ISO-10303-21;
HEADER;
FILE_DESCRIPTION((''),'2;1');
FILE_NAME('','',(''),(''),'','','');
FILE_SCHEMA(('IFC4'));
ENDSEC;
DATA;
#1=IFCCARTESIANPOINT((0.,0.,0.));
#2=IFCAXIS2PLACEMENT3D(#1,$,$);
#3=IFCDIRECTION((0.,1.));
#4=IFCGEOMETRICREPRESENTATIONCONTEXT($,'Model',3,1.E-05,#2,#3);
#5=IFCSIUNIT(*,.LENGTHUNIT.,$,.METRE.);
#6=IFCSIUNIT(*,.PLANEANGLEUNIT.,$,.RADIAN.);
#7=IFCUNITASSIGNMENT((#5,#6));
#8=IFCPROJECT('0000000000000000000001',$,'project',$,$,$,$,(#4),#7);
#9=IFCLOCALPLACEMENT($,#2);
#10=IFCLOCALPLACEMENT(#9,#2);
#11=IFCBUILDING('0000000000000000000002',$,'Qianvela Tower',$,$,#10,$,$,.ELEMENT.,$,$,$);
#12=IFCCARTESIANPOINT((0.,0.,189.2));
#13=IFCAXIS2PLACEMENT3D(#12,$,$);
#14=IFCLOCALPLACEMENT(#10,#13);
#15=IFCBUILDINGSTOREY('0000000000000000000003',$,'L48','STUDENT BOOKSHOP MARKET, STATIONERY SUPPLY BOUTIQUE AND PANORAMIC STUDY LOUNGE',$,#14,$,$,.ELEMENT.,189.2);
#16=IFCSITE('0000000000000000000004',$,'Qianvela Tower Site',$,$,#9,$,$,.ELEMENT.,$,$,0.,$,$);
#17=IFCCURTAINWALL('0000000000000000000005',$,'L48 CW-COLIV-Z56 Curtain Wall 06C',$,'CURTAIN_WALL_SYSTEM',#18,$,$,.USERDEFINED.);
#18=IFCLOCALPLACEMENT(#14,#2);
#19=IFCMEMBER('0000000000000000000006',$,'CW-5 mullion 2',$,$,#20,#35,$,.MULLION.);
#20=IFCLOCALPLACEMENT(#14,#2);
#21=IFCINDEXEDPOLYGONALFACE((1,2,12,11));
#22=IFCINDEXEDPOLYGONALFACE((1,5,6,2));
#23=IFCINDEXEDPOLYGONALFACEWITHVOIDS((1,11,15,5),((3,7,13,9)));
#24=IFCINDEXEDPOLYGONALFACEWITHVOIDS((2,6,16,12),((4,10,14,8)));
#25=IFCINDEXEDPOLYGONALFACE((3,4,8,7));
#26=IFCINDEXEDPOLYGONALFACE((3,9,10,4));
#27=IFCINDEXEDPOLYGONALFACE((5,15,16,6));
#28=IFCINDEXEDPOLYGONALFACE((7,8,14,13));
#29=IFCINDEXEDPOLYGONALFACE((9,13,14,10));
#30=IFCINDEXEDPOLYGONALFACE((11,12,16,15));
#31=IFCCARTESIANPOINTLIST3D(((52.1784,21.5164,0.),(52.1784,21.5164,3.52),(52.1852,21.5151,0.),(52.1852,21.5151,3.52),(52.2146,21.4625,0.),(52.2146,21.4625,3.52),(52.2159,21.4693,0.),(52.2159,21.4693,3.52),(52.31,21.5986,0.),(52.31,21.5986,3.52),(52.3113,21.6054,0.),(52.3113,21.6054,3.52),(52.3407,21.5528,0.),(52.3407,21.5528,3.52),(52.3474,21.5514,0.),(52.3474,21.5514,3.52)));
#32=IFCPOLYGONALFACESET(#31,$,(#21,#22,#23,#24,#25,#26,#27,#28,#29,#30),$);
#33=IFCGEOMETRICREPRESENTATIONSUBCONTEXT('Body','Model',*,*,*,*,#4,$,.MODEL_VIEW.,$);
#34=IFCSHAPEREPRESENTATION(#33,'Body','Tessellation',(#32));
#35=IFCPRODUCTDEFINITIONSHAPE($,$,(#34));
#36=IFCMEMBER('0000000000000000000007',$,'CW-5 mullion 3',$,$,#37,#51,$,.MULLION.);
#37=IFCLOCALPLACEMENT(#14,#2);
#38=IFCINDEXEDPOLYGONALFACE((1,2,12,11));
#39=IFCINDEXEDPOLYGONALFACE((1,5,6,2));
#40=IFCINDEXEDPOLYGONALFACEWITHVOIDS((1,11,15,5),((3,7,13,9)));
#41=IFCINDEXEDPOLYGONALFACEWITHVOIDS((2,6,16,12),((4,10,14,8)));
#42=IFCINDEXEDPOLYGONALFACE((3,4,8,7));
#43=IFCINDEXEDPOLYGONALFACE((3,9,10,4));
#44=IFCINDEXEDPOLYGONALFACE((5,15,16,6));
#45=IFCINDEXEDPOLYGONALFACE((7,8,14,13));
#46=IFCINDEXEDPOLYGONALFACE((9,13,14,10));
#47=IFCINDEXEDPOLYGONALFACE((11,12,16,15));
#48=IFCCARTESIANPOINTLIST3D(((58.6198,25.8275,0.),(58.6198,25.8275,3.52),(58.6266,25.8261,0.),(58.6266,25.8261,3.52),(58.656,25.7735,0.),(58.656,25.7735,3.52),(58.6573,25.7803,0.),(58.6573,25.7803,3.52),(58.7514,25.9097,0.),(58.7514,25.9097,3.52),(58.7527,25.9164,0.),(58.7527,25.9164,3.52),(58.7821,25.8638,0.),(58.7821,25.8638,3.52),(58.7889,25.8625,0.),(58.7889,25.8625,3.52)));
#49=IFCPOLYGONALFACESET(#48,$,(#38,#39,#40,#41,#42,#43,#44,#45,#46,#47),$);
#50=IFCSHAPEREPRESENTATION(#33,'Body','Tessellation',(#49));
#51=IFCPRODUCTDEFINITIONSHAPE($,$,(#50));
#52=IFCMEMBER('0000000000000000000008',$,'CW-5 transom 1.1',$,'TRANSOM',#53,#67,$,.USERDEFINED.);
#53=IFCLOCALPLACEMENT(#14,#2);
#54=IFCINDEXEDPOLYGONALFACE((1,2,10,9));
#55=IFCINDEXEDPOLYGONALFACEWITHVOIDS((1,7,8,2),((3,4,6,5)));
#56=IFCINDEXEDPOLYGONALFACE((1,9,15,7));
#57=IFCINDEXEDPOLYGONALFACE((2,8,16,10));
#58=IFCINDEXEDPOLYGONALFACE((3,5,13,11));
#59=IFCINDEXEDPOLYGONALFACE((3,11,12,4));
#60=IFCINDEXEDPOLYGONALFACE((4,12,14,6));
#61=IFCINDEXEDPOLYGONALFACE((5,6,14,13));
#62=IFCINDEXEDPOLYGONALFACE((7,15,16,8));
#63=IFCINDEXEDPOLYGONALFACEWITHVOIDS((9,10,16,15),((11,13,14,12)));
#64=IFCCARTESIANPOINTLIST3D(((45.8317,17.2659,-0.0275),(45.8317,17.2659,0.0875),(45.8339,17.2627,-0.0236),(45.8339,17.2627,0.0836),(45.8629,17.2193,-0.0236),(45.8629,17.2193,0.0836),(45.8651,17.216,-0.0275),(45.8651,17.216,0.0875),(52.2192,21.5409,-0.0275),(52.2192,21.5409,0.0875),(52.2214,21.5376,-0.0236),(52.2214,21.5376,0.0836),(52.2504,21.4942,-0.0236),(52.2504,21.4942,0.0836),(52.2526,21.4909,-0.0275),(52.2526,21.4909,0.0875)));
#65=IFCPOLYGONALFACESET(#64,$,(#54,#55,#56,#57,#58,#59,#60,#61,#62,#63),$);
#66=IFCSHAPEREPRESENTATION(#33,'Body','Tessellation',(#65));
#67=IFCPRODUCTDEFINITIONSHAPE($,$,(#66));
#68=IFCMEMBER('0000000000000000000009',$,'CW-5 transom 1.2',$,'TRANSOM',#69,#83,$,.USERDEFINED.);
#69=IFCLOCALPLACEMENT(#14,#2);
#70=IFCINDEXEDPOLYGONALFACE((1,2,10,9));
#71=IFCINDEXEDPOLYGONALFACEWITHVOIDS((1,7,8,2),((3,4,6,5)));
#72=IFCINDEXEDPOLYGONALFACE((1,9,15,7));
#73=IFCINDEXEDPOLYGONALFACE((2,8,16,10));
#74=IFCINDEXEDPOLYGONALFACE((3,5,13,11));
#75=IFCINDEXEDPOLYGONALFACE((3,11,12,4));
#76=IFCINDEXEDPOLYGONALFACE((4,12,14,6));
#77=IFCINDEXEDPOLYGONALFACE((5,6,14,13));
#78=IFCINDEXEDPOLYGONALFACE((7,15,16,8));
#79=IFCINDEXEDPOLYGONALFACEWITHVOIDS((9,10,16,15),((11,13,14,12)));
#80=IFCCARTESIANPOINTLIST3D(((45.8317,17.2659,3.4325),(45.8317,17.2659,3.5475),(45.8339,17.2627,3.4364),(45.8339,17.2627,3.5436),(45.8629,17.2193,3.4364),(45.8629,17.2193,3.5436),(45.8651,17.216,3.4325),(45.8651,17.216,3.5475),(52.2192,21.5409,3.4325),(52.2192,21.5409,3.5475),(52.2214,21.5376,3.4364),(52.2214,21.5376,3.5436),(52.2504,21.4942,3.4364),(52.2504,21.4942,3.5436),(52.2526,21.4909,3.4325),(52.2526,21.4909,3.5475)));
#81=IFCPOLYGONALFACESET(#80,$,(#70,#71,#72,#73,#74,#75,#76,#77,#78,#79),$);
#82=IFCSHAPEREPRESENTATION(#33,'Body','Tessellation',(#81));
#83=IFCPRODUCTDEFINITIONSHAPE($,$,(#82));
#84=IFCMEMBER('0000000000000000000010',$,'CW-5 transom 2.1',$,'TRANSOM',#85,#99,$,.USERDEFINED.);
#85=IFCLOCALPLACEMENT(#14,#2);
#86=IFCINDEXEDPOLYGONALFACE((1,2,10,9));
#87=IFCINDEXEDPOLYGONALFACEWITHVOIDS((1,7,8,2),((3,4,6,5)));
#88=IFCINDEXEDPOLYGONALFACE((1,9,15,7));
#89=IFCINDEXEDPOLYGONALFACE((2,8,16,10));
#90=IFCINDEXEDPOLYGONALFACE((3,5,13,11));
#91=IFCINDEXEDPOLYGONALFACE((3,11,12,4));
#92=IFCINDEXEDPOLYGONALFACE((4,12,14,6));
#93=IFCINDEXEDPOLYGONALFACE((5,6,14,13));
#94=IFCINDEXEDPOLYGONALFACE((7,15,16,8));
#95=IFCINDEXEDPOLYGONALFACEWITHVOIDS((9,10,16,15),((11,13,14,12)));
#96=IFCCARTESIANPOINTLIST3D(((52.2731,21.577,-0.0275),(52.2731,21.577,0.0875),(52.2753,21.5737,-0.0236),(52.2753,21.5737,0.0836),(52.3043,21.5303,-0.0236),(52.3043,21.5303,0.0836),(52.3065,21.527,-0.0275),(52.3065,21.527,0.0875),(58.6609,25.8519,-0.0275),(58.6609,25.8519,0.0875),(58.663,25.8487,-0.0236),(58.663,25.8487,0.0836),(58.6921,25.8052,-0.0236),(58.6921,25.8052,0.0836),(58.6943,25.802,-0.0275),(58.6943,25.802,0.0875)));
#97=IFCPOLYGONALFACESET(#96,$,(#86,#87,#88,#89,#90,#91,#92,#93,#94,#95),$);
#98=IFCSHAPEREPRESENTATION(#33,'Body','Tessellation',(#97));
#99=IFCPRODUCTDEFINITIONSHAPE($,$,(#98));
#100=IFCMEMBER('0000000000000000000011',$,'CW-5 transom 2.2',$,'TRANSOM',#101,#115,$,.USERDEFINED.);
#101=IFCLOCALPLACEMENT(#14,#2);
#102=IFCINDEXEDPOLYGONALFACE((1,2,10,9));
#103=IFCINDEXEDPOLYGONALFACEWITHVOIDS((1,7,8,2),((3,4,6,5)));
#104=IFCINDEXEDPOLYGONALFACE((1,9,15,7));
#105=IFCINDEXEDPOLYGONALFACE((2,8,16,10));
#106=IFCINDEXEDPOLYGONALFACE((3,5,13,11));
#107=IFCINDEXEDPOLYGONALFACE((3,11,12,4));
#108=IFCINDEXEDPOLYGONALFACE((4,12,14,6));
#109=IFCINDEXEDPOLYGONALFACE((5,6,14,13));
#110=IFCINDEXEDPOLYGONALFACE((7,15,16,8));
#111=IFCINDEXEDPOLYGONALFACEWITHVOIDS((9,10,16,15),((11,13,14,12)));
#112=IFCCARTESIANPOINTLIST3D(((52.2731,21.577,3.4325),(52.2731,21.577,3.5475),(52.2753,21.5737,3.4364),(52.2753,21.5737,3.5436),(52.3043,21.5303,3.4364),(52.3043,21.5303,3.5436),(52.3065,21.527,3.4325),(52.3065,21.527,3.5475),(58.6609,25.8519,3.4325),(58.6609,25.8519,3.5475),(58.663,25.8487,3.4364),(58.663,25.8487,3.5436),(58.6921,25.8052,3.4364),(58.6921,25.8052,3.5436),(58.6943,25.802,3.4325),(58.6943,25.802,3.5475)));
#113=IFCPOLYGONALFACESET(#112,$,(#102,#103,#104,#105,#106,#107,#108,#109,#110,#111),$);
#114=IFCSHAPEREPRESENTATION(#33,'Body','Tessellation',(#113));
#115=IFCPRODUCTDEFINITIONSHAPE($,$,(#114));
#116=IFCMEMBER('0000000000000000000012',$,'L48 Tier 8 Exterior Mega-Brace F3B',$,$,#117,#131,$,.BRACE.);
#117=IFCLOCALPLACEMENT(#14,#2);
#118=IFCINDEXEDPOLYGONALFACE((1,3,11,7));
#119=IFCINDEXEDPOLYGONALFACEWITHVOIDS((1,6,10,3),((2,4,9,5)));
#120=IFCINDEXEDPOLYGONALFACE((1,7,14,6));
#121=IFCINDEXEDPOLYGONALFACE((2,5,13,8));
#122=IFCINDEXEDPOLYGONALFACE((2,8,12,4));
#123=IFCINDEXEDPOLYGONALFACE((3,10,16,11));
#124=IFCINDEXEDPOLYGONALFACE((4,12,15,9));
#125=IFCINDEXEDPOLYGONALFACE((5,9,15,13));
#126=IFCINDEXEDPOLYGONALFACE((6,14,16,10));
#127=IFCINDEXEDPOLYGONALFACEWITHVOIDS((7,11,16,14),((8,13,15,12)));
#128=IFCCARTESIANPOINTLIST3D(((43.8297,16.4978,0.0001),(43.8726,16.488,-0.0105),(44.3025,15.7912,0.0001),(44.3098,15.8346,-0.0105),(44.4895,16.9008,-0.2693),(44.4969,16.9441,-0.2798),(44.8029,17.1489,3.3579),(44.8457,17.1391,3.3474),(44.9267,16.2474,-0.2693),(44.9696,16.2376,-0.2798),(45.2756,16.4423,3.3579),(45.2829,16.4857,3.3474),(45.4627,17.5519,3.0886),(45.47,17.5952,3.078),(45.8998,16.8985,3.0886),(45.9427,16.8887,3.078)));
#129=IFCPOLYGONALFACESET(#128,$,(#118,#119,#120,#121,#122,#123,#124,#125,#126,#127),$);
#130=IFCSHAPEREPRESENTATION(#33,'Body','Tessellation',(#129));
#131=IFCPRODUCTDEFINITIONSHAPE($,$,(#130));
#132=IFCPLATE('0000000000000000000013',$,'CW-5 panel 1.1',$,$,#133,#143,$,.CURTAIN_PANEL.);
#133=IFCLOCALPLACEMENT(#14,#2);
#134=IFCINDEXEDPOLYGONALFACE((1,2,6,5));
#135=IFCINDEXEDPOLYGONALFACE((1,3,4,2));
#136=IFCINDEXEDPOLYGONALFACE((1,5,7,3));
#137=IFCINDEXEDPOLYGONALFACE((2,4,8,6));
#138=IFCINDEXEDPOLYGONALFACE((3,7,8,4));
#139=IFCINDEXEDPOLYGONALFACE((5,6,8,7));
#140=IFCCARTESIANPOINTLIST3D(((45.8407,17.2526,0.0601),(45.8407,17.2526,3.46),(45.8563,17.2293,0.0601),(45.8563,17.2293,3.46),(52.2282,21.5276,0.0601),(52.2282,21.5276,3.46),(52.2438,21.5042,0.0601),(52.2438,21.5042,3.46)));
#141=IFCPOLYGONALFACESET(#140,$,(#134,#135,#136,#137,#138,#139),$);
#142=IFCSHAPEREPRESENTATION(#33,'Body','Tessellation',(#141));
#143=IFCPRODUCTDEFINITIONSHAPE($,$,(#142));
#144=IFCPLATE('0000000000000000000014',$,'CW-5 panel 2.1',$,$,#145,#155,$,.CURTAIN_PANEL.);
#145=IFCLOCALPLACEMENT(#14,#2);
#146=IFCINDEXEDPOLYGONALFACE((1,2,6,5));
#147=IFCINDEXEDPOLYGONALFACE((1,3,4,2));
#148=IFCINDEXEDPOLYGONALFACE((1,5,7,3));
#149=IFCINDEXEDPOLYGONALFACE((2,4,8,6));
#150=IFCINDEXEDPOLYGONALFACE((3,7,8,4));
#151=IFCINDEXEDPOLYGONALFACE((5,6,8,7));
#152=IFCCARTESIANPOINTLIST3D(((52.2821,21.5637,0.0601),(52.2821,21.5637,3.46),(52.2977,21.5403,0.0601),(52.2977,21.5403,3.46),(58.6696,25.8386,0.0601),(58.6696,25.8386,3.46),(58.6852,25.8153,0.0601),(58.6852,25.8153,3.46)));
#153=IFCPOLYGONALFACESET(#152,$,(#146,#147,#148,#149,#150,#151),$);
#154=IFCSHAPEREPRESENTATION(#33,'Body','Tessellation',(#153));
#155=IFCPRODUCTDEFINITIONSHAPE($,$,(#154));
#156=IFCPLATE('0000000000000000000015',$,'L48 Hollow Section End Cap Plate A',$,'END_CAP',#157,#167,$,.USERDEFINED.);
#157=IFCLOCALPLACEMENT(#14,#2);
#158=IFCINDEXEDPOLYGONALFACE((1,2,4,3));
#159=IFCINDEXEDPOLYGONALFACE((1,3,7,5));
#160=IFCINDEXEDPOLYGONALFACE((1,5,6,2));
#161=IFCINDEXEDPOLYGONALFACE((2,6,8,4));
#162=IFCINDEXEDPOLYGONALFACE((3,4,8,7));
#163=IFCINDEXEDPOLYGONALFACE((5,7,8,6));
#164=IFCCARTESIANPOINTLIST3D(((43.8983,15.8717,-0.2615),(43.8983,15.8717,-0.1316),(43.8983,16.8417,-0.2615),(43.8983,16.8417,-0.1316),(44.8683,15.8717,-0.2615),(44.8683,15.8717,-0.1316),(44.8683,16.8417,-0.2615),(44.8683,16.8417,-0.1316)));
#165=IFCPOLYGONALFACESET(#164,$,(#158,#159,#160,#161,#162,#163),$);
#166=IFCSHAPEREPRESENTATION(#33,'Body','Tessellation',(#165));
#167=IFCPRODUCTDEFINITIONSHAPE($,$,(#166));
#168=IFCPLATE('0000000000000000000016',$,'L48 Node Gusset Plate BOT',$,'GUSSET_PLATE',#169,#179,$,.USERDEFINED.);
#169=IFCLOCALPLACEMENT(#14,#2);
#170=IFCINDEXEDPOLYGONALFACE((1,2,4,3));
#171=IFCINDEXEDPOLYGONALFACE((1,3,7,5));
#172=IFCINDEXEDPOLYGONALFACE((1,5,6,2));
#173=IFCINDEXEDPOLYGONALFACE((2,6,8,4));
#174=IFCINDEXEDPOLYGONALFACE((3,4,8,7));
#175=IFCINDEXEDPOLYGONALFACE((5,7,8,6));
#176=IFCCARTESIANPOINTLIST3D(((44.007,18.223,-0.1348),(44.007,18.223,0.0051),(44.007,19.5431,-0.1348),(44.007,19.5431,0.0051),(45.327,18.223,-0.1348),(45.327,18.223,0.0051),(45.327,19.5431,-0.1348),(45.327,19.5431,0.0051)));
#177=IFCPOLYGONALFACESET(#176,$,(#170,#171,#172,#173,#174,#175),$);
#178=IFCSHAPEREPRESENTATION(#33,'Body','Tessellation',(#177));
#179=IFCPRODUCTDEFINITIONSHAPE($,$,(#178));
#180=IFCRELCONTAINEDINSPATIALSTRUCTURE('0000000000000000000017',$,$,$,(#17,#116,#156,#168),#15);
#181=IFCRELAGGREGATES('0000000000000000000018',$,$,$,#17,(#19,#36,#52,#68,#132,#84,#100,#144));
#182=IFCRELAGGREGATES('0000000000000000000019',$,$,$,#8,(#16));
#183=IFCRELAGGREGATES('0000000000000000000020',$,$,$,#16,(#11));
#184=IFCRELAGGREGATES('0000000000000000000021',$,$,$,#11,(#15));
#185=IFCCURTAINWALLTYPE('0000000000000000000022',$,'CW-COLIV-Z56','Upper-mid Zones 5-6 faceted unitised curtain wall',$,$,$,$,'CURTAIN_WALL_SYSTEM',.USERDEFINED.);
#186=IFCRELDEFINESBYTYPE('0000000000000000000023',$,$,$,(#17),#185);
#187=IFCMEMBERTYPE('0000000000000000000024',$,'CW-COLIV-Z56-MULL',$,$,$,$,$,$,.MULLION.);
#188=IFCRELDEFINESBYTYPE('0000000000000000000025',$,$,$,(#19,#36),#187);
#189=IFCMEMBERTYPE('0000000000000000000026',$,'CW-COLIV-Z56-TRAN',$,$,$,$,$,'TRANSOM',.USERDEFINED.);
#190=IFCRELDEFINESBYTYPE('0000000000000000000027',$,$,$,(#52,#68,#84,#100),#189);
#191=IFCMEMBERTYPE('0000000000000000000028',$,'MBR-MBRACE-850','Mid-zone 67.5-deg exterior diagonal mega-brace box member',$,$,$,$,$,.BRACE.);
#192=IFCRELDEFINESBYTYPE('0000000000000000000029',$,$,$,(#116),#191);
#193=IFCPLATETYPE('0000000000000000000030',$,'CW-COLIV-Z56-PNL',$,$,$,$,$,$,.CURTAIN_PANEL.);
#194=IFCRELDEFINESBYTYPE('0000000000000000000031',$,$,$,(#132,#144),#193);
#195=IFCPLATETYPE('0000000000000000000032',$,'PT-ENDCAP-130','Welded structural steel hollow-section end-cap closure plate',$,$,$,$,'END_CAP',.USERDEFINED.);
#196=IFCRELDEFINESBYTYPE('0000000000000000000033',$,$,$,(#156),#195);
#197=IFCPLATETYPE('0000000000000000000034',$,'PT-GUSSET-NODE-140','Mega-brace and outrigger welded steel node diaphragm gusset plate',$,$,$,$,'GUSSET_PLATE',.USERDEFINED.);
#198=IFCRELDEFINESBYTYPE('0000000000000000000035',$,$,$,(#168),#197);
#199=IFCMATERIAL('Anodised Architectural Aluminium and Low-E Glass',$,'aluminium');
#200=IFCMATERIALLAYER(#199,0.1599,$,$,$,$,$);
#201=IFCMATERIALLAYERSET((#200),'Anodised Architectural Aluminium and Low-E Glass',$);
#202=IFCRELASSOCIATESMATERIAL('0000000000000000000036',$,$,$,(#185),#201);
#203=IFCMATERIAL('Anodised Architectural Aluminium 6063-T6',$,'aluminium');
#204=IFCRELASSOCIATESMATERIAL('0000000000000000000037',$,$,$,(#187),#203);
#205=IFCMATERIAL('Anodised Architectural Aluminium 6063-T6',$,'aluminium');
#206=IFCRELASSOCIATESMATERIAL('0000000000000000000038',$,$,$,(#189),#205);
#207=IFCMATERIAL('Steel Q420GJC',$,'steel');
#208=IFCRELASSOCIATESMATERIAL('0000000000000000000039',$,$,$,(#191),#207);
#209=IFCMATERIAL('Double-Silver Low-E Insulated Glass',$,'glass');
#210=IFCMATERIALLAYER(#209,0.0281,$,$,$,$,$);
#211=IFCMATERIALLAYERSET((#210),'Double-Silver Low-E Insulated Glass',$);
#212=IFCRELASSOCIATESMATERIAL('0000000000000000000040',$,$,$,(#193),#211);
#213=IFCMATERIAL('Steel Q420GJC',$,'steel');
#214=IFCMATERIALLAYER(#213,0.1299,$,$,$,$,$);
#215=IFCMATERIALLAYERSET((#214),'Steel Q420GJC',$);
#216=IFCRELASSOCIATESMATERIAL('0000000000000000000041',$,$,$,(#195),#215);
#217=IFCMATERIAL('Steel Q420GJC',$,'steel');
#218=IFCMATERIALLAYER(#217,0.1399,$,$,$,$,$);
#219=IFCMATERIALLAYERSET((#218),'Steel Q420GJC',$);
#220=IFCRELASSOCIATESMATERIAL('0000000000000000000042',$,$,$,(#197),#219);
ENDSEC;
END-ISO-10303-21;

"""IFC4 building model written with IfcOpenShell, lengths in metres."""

from ifc_helpers import new_model, si_unit, direction, frame, origin, origin_2d, place, context, subcontext, project, spatial, rectangle, hollow_rectangle, extrude, material, layer, layer_set, material_profile, profile_set, type_object, element, aggregate, save


model = new_model("IFC4")

# Units and contexts
model_context = context("Model", 3, precision=1e-05, world=origin(), true_north=direction((0.0, 1.0)))
body_context = subcontext(model_context, "Body", "Model", "MODEL_VIEW")
ifc_project = project(units=[si_unit("LENGTHUNIT", "METRE"), si_unit("PLANEANGLEUNIT", "RADIAN")], contexts=[model_context])

# Site, building, storey
site_placement = place(None, origin())
site = spatial("IfcSite", under=ifc_project, at=site_placement, Name="Qianvela Tower Site", CompositionType="ELEMENT", RefElevation=0.0)
building_placement = place(site_placement, origin())
building = spatial("IfcBuilding", under=site, at=building_placement, Name="Qianvela Tower", CompositionType="ELEMENT")
storey_placement = place(building_placement, frame((0.0, 0.0, 189.2)))
storey = spatial("IfcBuildingStorey", under=building, at=storey_placement, Name="L48", Description="STUDENT BOOKSHOP MARKET, STATIONERY SUPPLY BOUTIQUE AND PANORAMIC STUDY LOUNGE", CompositionType="ELEMENT", Elevation=189.2)

# Curtain wall, members
ifc_material_1 = material(Name="Anodised Architectural Aluminium and Low-E Glass", Category="aluminium")
ifc_layer_1 = layer(ifc_material_1, 0.1599)
ifc_layer_set_1 = layer_set([ifc_layer_1], Name="Anodised Architectural Aluminium and Low-E Glass")
curtain_wall_type_1 = type_object("IfcCurtainWallType", Name="CW-COLIV-Z56", Description="Upper-mid Zones 5-6 faceted unitised curtain wall", ElementType="CURTAIN_WALL_SYSTEM", PredefinedType="USERDEFINED", material=ifc_layer_set_1)
curtain_wall_1_placement = place(storey_placement, origin())
curtain_wall_1 = element("IfcCurtainWall", 1, at=curtain_wall_1_placement, inside=storey, type_object=curtain_wall_type_1, Name="L48 CW-COLIV-Z56 Curtain Wall 06C", ObjectType="CURTAIN_WALL_SYSTEM", PredefinedType="USERDEFINED")
ifc_material_2 = material(Name="Anodised Architectural Aluminium 6063-T6", Category="aluminium")
ifc_material_profile_1 = material_profile(ifc_material_2, hollow_rectangle(XDim=0.0649, YDim=0.1599, WallThickness=0.0049, at=origin_2d()), Name="ALU-MULL-65x160")
ifc_profile_set_1 = profile_set([ifc_material_profile_1], Name="Anodised Architectural Aluminium 6063-T6")
member_type_1 = type_object("IfcMemberType", Name="CW-COLIV-Z56-MULL", PredefinedType="MULLION", material=ifc_profile_set_1)
member_1_placement = place(storey_placement, frame((52.2629, 21.5339, 0.0), z_axis=(0.0, 0.0, 1.0), x_axis=(-0.556195, 0.831052, 0.0)))
member_1 = element("IfcMember", 2, at=member_1_placement, type_object=member_type_1, Name="CW-5 mullion 2", PredefinedType="MULLION", context=body_context, shape_type="SweptSolid", body=[
    extrude(hollow_rectangle(XDim=0.0649, YDim=0.1599, WallThickness=0.0049, at=origin_2d()), origin(), (0.0, 0.0, 1.0), 3.52),
])
member_2_placement = place(storey_placement, frame((58.7043, 25.845, 0.0), z_axis=(0.0, 0.0, 1.0), x_axis=(-0.556195, 0.831052, 0.0)))
member_2 = element("IfcMember", 3, at=member_2_placement, type_object=member_type_1, Name="CW-5 mullion 3", PredefinedType="MULLION", context=body_context, shape_type="SweptSolid", body=[
    extrude(hollow_rectangle(XDim=0.0649, YDim=0.1599, WallThickness=0.0049, at=origin_2d()), origin(), (0.0, 0.0, 1.0), 3.52),
])
ifc_material_3 = material(Name="Anodised Architectural Aluminium 6063-T6", Category="aluminium")
ifc_material_profile_2 = material_profile(ifc_material_3, hollow_rectangle(XDim=0.0601, YDim=0.115, WallThickness=0.0039, at=origin_2d()), Name="ALU-TRAN-60x115")
ifc_profile_set_2 = profile_set([ifc_material_profile_2], Name="Anodised Architectural Aluminium 6063-T6")
member_type_2 = type_object("IfcMemberType", Name="CW-COLIV-Z56-TRAN", ElementType="TRANSOM", PredefinedType="USERDEFINED", material=ifc_profile_set_2)
member_3_placement = place(storey_placement, frame((45.8484, 17.241, 0.03), z_axis=(0.831052, 0.556195, 0.0), x_axis=(-0.556195, 0.831052, 0.0)))
member_3 = element("IfcMember", 4, at=member_3_placement, type_object=member_type_2, Name="CW-5 transom 1.1", ObjectType="TRANSOM", PredefinedType="USERDEFINED", context=body_context, shape_type="SweptSolid", body=[
    extrude(hollow_rectangle(XDim=0.0601, YDim=0.115, WallThickness=0.0039, at=origin_2d()), origin(), (0.0, 0.0, 1.0), 7.686),
])
member_4_placement = place(storey_placement, frame((45.8484, 17.241, 3.49), z_axis=(0.831052, 0.556195, 0.0), x_axis=(-0.556195, 0.831052, 0.0)))
member_4 = element("IfcMember", 5, at=member_4_placement, type_object=member_type_2, Name="CW-5 transom 1.2", ObjectType="TRANSOM", PredefinedType="USERDEFINED", context=body_context, shape_type="SweptSolid", body=[
    extrude(hollow_rectangle(XDim=0.0601, YDim=0.115, WallThickness=0.0039, at=origin_2d()), origin(), (0.0, 0.0, 1.0), 7.686),
])
member_5_placement = place(storey_placement, frame((52.2898, 21.552, 0.03), z_axis=(0.831062, 0.55618, 0.0), x_axis=(-0.55618, 0.831062, 0.0)))
member_5 = element("IfcMember", 6, at=member_5_placement, type_object=member_type_2, Name="CW-5 transom 2.1", ObjectType="TRANSOM", PredefinedType="USERDEFINED", context=body_context, shape_type="SweptSolid", body=[
    extrude(hollow_rectangle(XDim=0.0601, YDim=0.115, WallThickness=0.0039, at=origin_2d()), origin(), (0.0, 0.0, 1.0), 7.6863),
])
member_6_placement = place(storey_placement, frame((52.2898, 21.552, 3.49), z_axis=(0.831062, 0.55618, 0.0), x_axis=(-0.55618, 0.831062, 0.0)))
member_6 = element("IfcMember", 7, at=member_6_placement, type_object=member_type_2, Name="CW-5 transom 2.2", ObjectType="TRANSOM", PredefinedType="USERDEFINED", context=body_context, shape_type="SweptSolid", body=[
    extrude(hollow_rectangle(XDim=0.0601, YDim=0.115, WallThickness=0.0039, at=origin_2d()), origin(), (0.0, 0.0, 1.0), 7.6863),
])

# Member
ifc_material_4 = material(Name="Steel Q420GJC", Category="steel")
ifc_material_profile_3 = material_profile(ifc_material_4, hollow_rectangle(XDim=0.8501, YDim=0.8501, WallThickness=0.032, at=origin_2d()), Name="MBOX-850x850x32")
ifc_profile_set_3 = profile_set([ifc_material_profile_3], Name="Steel Q420GJC")
member_type_3 = type_object("IfcMemberType", Name="MBR-MBRACE-850", Description="Mid-zone 67.5-deg exterior diagonal mega-brace box member", PredefinedType="BRACE", material=ifc_profile_set_3)
member_7_placement = place(storey_placement, frame((44.3997, 16.3677, -0.1399), z_axis=(0.273648, 0.183095, 0.944242), x_axis=(-0.556095, 0.831119, 0.0)))
element("IfcMember", 8, at=member_7_placement, inside=storey, type_object=member_type_3, Name="L48 Tier 8 Exterior Mega-Brace F3B", PredefinedType="BRACE", context=body_context, shape_type="SweptSolid", body=[
    extrude(hollow_rectangle(XDim=0.8501, YDim=0.8501, WallThickness=0.032, at=origin_2d()), origin(), (0.0, 0.0, 1.0), 3.5562),
])

# Plates
ifc_material_5 = material(Name="Double-Silver Low-E Insulated Glass", Category="glass")
ifc_layer_2 = layer(ifc_material_5, 0.0281)
ifc_layer_set_2 = layer_set([ifc_layer_2], Name="Double-Silver Low-E Insulated Glass")
plate_type_1 = type_object("IfcPlateType", Name="CW-COLIV-Z56-PNL", PredefinedType="CURTAIN_PANEL", material=ifc_layer_set_2)
plate_1_placement = place(storey_placement, frame((49.0422, 19.3784, 0.0601), z_axis=(0.0, 0.0, 1.0), x_axis=(0.831052, 0.556195, 0.0)))
plate_1 = element("IfcPlate", 9, at=plate_1_placement, type_object=plate_type_1, Name="CW-5 panel 1.1", PredefinedType="CURTAIN_PANEL", context=body_context, shape_type="SweptSolid", body=[
    extrude(rectangle(XDim=7.686, YDim=0.0281, at=origin_2d()), origin(), (0.0, 0.0, 1.0), 3.3999),
])
plate_2_placement = place(storey_placement, frame((55.4836, 23.6895, 0.0601), z_axis=(0.0, 0.0, 1.0), x_axis=(0.831052, 0.556195, 0.0)))
plate_2 = element("IfcPlate", 10, at=plate_2_placement, type_object=plate_type_1, Name="CW-5 panel 2.1", PredefinedType="CURTAIN_PANEL", context=body_context, shape_type="SweptSolid", body=[
    extrude(rectangle(XDim=7.686, YDim=0.0281, at=origin_2d()), origin(), (0.0, 0.0, 1.0), 3.3999),
])
aggregate(curtain_wall_1, [member_1, member_2, member_3, member_4, plate_1, member_5, member_6, plate_2])

# Plates
ifc_material_6 = material(Name="Steel Q420GJC", Category="steel")
ifc_layer_3 = layer(ifc_material_6, 0.1299)
ifc_layer_set_3 = layer_set([ifc_layer_3], Name="Steel Q420GJC")
plate_type_2 = type_object("IfcPlateType", Name="PT-ENDCAP-130", Description="Welded structural steel hollow-section end-cap closure plate", ElementType="END_CAP", PredefinedType="USERDEFINED", material=ifc_layer_set_3)
plate_3_placement = place(storey_placement, frame((44.3833, 16.3567, -0.2615), z_axis=(0.0, 0.0, 1.0), x_axis=(1.0, 0.0, 0.0)))
element("IfcPlate", 11, at=plate_3_placement, inside=storey, type_object=plate_type_2, Name="L48 Hollow Section End Cap Plate A", ObjectType="END_CAP", PredefinedType="USERDEFINED", context=body_context, shape_type="SweptSolid", body=[
    extrude(rectangle(XDim=0.97, YDim=0.97, at=origin_2d()), origin(), (0.0, 0.0, 1.0), 0.1299),
])
ifc_material_7 = material(Name="Steel Q420GJC", Category="steel")
ifc_layer_4 = layer(ifc_material_7, 0.1399)
ifc_layer_set_4 = layer_set([ifc_layer_4], Name="Steel Q420GJC")
plate_type_3 = type_object("IfcPlateType", Name="PT-GUSSET-NODE-140", Description="Mega-brace and outrigger welded steel node diaphragm gusset plate", ElementType="GUSSET_PLATE", PredefinedType="USERDEFINED", material=ifc_layer_set_4)
plate_4_placement = place(storey_placement, frame((44.667, 18.8831, -0.1348), z_axis=(0.0, 0.0, 1.0), x_axis=(1.0, 0.0, 0.0)))
element("IfcPlate", 12, at=plate_4_placement, inside=storey, type_object=plate_type_3, Name="L48 Node Gusset Plate BOT", ObjectType="GUSSET_PLATE", PredefinedType="USERDEFINED", context=body_context, shape_type="SweptSolid", body=[
    extrude(rectangle(XDim=1.3201, YDim=1.3201, at=origin_2d()), origin(), (0.0, 0.0, 1.0), 0.1399),
])

save(model, "model.ifc")
